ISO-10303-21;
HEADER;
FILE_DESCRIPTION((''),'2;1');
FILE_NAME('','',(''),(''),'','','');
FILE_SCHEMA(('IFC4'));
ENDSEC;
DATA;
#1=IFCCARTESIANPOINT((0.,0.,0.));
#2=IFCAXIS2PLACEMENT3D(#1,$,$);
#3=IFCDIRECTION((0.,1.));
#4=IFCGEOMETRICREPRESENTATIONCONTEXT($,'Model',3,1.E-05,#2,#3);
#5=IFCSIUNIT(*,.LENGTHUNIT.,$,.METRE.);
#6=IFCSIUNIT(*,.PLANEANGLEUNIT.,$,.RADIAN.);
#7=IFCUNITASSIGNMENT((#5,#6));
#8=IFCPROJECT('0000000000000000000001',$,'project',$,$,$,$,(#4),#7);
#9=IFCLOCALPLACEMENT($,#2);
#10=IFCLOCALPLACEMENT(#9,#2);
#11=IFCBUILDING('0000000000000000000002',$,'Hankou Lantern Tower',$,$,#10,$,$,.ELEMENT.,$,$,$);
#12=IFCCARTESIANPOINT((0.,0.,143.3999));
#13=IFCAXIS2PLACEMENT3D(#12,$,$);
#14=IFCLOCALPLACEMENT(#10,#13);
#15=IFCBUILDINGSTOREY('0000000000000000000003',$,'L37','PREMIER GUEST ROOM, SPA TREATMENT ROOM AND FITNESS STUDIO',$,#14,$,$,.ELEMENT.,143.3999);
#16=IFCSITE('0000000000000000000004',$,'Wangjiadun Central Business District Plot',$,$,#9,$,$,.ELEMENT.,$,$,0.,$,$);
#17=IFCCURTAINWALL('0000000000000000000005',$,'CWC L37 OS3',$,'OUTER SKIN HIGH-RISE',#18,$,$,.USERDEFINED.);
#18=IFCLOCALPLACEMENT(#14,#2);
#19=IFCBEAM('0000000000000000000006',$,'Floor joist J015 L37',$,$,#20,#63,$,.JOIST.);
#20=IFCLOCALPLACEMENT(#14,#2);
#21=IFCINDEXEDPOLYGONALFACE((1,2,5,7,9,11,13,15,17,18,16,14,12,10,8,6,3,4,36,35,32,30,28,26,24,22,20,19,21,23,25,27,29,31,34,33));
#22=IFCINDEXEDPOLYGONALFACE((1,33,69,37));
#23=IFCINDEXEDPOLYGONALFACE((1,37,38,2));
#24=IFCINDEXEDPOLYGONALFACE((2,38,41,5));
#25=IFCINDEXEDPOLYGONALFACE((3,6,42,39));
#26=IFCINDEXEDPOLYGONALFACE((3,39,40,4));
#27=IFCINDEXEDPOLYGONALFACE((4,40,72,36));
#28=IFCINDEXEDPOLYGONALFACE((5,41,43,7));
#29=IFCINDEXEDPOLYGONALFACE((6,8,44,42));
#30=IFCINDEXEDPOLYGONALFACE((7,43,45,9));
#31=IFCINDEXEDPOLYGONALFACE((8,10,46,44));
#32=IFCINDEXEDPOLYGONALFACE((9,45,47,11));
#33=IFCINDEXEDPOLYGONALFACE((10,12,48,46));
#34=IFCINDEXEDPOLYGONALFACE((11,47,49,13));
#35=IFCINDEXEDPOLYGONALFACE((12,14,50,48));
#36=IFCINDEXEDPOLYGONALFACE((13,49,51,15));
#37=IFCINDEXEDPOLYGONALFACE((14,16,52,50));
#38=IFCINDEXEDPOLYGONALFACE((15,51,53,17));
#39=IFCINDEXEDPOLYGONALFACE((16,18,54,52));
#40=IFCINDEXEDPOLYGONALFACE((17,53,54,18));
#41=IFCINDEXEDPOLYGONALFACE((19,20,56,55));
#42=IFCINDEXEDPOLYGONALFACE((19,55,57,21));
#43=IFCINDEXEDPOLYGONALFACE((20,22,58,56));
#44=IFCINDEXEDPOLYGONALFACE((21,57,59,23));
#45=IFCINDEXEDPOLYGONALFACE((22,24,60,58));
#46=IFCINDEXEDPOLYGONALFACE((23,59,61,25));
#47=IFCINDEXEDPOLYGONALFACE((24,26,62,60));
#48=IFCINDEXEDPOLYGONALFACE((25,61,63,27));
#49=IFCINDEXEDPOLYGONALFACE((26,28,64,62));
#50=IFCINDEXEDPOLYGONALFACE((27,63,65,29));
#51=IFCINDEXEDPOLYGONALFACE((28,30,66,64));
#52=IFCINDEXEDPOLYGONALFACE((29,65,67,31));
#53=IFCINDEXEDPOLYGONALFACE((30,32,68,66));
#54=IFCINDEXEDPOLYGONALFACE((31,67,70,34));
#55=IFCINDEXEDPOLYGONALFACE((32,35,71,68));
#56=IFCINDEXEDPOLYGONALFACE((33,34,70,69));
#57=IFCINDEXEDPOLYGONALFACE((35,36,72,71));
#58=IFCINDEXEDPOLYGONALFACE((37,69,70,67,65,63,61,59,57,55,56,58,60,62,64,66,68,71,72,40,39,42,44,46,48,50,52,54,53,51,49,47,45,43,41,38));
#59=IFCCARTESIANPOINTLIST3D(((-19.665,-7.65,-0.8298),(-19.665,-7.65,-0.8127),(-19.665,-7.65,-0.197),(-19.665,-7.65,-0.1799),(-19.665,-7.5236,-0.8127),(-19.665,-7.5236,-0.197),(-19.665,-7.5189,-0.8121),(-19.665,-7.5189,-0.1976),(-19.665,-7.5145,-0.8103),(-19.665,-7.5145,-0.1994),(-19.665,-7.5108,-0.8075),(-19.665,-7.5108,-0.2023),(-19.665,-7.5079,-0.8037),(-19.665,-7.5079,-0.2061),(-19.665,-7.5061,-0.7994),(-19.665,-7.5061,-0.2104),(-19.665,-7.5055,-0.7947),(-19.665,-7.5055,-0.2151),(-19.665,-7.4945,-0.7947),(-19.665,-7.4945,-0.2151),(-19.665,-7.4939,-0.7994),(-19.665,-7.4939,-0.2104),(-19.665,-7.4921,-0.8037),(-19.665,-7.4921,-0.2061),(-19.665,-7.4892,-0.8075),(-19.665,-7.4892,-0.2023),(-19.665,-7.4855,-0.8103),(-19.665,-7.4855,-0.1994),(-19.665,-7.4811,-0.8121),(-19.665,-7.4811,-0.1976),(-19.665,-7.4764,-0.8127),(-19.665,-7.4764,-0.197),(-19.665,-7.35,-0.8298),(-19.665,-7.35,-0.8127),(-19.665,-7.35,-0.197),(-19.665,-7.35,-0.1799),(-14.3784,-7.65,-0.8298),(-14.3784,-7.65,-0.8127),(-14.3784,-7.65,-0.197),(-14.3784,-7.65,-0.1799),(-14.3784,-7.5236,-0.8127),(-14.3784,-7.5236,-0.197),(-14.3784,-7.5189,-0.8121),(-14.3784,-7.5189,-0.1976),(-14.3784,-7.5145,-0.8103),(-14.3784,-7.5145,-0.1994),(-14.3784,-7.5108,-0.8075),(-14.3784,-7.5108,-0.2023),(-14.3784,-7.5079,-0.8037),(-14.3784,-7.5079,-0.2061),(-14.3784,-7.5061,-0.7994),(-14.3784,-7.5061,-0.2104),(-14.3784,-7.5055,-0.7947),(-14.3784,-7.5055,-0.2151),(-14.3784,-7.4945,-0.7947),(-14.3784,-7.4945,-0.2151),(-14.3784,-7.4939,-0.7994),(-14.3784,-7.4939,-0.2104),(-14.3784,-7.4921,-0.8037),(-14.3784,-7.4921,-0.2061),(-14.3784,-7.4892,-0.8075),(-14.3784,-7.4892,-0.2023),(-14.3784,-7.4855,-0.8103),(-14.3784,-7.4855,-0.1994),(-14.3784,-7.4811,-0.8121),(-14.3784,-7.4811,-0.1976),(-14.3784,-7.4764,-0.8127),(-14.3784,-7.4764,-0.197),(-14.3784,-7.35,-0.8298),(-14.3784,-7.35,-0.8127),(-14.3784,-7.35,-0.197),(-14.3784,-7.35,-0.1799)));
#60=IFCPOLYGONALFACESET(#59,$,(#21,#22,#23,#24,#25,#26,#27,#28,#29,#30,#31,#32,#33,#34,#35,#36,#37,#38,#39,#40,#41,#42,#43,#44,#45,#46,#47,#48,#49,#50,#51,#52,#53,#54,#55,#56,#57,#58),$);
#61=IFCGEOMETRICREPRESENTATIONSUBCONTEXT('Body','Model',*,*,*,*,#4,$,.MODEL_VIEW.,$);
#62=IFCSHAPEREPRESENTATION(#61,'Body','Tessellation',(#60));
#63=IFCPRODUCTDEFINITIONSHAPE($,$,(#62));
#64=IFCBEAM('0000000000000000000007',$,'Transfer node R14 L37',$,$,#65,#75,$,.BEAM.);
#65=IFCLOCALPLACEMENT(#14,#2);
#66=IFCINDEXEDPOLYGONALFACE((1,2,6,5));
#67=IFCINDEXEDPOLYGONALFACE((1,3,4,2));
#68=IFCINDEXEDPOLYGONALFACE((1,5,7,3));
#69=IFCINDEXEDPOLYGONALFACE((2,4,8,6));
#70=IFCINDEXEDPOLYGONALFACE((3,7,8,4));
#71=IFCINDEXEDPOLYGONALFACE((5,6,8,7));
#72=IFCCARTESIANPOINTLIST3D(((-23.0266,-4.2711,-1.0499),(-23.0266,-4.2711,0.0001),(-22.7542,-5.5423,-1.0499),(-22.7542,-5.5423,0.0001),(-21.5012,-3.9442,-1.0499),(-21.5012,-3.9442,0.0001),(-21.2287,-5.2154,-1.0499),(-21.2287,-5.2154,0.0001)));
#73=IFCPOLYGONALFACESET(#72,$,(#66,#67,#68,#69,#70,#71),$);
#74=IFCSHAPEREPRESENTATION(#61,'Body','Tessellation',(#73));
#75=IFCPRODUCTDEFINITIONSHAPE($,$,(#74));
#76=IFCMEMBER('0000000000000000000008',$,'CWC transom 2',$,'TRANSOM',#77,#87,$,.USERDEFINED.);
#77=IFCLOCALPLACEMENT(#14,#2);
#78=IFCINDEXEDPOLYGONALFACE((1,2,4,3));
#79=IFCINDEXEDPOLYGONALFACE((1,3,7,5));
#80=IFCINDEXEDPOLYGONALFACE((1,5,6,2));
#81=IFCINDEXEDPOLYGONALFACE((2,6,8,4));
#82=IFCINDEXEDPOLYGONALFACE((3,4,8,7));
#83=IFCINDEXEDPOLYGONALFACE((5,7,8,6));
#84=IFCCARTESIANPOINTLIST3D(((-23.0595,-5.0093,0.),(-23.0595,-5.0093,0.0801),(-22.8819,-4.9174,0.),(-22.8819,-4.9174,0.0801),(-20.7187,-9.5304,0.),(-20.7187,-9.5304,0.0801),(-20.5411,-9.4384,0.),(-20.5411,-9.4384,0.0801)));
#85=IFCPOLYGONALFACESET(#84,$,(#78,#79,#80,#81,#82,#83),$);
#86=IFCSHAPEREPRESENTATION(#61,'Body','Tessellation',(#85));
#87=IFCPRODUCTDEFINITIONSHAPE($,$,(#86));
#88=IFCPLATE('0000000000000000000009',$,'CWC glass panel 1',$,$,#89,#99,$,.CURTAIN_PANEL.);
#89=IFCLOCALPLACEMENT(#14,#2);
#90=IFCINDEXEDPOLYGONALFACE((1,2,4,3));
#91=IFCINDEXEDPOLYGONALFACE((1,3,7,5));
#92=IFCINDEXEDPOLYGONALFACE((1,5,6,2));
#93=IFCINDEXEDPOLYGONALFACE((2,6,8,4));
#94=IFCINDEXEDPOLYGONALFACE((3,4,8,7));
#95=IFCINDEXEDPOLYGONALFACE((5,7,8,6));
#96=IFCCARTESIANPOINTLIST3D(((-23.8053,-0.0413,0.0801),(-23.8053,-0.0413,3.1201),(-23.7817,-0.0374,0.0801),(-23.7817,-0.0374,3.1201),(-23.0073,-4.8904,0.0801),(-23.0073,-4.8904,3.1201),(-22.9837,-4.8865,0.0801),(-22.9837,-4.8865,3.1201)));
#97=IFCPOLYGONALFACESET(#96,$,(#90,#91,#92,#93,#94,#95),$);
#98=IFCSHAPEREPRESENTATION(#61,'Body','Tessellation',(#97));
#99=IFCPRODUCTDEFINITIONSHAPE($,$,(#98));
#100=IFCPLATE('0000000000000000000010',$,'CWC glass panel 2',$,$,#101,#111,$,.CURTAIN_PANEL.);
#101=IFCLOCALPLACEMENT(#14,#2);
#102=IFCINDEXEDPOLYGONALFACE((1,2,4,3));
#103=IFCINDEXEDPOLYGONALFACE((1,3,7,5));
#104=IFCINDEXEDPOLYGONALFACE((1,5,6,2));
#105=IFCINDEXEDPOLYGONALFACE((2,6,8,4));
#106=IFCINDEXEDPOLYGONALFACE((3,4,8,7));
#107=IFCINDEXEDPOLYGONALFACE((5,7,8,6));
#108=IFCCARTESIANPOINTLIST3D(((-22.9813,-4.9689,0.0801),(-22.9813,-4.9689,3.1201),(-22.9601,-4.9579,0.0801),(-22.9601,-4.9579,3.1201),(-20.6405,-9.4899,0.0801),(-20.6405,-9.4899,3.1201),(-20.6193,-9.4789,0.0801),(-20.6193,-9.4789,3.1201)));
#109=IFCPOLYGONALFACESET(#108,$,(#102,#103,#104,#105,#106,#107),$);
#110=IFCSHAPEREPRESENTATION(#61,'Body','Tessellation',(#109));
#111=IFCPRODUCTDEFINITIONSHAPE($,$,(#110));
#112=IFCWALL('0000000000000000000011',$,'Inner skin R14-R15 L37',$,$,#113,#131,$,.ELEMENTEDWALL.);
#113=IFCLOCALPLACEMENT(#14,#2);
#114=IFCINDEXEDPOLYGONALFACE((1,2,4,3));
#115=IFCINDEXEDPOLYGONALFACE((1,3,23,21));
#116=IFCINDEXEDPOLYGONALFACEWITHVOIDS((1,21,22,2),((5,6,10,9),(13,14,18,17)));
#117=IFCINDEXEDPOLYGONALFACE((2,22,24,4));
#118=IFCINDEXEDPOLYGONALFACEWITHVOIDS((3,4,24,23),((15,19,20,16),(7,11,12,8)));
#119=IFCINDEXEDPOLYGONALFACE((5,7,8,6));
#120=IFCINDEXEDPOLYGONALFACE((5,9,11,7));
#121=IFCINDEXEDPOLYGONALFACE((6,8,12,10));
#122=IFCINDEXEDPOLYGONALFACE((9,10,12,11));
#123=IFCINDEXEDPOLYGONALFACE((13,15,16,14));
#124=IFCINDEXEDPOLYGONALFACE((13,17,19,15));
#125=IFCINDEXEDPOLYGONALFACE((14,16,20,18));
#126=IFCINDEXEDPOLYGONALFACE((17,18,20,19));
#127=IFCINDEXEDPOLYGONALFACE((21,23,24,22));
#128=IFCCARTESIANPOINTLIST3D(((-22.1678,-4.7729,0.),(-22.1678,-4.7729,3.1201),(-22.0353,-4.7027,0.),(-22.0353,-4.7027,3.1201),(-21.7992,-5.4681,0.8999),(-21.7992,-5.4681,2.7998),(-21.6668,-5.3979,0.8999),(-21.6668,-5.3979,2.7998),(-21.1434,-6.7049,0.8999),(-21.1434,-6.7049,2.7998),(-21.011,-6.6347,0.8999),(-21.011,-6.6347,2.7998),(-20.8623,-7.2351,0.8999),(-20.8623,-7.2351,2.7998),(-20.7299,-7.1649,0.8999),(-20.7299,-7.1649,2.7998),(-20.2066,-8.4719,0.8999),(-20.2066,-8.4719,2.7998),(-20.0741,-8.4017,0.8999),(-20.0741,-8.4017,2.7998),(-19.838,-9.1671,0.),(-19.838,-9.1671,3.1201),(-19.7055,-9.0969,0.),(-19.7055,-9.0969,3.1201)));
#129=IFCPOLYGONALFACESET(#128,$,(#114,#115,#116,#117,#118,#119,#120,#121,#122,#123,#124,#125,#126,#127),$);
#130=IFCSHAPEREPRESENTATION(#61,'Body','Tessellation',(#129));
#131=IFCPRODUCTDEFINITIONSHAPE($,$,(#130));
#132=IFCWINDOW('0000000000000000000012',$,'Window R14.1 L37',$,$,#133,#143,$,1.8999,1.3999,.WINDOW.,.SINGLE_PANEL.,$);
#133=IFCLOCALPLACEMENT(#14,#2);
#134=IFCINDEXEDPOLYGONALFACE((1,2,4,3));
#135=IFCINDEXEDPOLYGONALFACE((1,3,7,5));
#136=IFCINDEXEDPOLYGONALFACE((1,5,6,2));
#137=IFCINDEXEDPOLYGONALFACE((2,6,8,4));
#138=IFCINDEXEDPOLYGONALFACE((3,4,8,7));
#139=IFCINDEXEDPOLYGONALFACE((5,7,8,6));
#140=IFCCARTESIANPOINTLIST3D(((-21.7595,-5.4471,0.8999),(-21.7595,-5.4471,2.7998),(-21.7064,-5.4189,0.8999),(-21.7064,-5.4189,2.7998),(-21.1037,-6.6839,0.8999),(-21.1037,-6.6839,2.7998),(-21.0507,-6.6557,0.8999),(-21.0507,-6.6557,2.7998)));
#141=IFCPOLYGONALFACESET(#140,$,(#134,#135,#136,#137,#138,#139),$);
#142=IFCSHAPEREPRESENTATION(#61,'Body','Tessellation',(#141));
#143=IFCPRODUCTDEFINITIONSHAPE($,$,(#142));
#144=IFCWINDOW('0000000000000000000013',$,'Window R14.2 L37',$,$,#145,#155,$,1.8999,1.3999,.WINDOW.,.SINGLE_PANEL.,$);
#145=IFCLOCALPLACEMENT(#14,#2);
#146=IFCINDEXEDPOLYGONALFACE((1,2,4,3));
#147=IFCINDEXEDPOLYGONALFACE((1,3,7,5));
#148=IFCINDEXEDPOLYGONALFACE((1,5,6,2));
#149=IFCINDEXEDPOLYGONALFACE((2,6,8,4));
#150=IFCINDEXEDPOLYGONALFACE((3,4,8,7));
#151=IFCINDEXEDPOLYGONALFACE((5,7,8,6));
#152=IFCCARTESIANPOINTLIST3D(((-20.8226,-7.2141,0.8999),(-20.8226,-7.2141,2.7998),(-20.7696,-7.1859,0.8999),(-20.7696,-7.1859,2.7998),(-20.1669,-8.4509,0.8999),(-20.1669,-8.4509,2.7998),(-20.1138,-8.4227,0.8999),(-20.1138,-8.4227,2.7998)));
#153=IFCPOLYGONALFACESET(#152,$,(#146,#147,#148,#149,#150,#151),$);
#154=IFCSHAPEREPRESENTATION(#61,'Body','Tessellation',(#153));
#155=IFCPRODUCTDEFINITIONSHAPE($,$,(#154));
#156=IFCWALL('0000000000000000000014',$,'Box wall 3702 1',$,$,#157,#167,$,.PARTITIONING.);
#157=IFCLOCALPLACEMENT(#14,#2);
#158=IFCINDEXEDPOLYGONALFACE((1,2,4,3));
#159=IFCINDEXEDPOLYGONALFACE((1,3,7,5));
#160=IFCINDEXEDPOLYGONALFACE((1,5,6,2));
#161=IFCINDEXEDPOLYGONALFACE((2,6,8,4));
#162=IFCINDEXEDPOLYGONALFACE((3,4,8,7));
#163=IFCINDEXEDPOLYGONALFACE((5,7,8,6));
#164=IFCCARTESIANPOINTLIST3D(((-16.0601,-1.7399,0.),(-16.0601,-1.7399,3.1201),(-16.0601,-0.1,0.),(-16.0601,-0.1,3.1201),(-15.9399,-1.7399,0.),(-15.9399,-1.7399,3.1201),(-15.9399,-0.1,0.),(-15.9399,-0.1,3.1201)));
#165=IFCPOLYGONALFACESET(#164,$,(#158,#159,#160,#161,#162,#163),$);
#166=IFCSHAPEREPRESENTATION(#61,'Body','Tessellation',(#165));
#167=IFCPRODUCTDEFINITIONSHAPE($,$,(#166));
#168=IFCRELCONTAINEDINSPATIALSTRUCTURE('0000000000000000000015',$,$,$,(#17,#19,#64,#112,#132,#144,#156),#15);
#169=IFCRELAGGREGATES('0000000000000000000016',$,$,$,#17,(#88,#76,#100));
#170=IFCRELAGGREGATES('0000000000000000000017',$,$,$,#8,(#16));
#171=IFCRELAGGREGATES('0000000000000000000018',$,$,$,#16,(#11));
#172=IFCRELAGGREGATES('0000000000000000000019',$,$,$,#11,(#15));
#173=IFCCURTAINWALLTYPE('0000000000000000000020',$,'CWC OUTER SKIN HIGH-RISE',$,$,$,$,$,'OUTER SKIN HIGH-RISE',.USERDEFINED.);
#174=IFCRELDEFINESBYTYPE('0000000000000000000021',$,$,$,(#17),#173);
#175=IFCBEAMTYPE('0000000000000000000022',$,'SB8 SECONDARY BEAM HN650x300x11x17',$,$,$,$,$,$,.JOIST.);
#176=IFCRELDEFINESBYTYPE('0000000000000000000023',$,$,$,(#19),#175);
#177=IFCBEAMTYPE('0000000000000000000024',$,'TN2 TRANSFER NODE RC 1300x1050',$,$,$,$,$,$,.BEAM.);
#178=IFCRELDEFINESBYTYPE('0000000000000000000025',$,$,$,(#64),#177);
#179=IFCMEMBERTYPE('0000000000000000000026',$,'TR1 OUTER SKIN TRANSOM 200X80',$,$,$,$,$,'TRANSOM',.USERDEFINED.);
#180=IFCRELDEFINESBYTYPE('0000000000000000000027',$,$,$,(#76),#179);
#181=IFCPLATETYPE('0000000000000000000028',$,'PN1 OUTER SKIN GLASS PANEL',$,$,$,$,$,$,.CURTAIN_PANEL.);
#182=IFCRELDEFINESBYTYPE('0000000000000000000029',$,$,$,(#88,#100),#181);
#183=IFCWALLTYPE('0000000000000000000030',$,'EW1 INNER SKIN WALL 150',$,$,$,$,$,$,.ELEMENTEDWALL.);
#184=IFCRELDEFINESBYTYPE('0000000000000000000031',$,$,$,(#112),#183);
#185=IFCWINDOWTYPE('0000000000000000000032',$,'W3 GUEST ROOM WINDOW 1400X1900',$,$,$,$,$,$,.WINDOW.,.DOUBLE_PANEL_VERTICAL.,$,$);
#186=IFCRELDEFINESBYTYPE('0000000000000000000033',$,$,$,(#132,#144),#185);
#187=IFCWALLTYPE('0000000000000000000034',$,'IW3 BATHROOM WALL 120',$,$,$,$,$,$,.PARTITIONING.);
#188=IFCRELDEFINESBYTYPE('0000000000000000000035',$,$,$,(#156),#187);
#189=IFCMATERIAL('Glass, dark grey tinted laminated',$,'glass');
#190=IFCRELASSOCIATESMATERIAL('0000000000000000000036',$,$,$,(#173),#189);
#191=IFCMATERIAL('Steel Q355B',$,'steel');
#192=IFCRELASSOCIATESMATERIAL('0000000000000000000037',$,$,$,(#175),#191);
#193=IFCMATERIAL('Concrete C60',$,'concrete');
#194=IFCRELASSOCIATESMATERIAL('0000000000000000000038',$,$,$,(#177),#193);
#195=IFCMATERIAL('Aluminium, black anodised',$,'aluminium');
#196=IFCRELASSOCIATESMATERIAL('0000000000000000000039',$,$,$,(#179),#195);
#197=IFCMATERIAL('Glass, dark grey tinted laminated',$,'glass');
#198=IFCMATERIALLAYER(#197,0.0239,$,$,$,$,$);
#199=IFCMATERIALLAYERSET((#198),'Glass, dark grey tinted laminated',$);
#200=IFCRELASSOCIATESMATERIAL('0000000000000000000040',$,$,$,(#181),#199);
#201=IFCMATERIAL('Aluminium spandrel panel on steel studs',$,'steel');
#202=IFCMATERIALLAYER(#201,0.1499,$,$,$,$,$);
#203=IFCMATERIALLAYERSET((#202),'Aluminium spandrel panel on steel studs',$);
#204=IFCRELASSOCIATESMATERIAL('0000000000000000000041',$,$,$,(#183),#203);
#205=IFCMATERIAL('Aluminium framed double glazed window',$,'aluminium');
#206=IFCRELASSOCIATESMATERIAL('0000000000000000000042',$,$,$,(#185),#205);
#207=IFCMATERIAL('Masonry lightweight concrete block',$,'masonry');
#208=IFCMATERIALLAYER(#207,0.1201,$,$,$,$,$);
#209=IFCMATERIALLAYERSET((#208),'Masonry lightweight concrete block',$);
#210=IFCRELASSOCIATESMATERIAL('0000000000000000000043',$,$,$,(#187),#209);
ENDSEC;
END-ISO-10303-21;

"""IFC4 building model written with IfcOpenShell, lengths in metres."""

from ifc_helpers import new_model, si_unit, direction, frame, frame_2d, origin, origin_2d, place, context, subcontext, project, spatial, rectangle, i_section, extrude, material, layer, layer_set, material_profile, profile_set, type_object, element, fill, aggregate, save


model = new_model("IFC4")

# Units and contexts
model_context = context("Model", 3, precision=1e-05, world=origin(), true_north=direction((0.0, 1.0)))
body_context = subcontext(model_context, "Body", "Model", "MODEL_VIEW")
ifc_project = project(units=[si_unit("LENGTHUNIT", "METRE"), si_unit("PLANEANGLEUNIT", "RADIAN")], contexts=[model_context])

# Site, building, storey
site_placement = place(None, origin())
site = spatial("IfcSite", under=ifc_project, at=site_placement, Name="Wangjiadun Central Business District Plot", CompositionType="ELEMENT", RefElevation=0.0)
building_placement = place(site_placement, origin())
building = spatial("IfcBuilding", under=site, at=building_placement, Name="Hankou Lantern Tower", CompositionType="ELEMENT")
storey_placement = place(building_placement, frame((0.0, 0.0, 143.3999)))
storey = spatial("IfcBuildingStorey", under=building, at=storey_placement, Name="L37", Description="PREMIER GUEST ROOM, SPA TREATMENT ROOM AND FITNESS STUDIO", CompositionType="ELEMENT", Elevation=143.3999)

# Curtain wall
ifc_material_1 = material(Name="Glass, dark grey tinted laminated", Category="glass")
curtain_wall_type = type_object("IfcCurtainWallType", Name="CWC OUTER SKIN HIGH-RISE", ElementType="OUTER SKIN HIGH-RISE", PredefinedType="USERDEFINED", material=ifc_material_1)
curtain_wall_placement = place(storey_placement, origin())
curtain_wall = element("IfcCurtainWall", 1, at=curtain_wall_placement, inside=storey, type_object=curtain_wall_type, Name="CWC L37 OS3", ObjectType="OUTER SKIN HIGH-RISE", PredefinedType="USERDEFINED")

# Beams
ifc_material_2 = material(Name="Steel Q355B", Category="steel")
ifc_material_profile_1 = material_profile(ifc_material_2, i_section(OverallWidth=0.3, OverallDepth=0.6499, WebThickness=0.011, FlangeThickness=0.0171, FilletRadius=0.0181, at=origin_2d()), Name="HN650x300x11x17")
ifc_profile_set_1 = profile_set([ifc_material_profile_1], Name="Steel Q355B")
beam_type_1 = type_object("IfcBeamType", Name="SB8 SECONDARY BEAM HN650x300x11x17", PredefinedType="JOIST", material=ifc_profile_set_1)
beam_1_placement = place(storey_placement, frame((-19.665, -7.5, -0.5049), z_axis=(1.0, 0.0, 0.0), x_axis=(0.0, 1.0, 0.0)))
element("IfcBeam", 2, at=beam_1_placement, inside=storey, type_object=beam_type_1, Name="Floor joist J015 L37", PredefinedType="JOIST", context=body_context, shape_type="SweptSolid", body=[
    extrude(i_section(OverallWidth=0.3, OverallDepth=0.6499, WebThickness=0.011, FlangeThickness=0.0171, FilletRadius=0.0181, at=origin_2d()), origin(), (0.0, 0.0, 1.0), 5.2866),
])
ifc_material_3 = material(Name="Concrete C60", Category="concrete")
ifc_material_profile_2 = material_profile(ifc_material_3, rectangle(XDim=1.3, YDim=1.05, at=origin_2d()), Name="RC 1300x1050")
ifc_profile_set_2 = profile_set([ifc_material_profile_2], Name="Concrete C60")
beam_type_2 = type_object("IfcBeamType", Name="TN2 TRANSFER NODE RC 1300x1050", PredefinedType="BEAM", material=ifc_profile_set_2)
beam_2_placement = place(storey_placement, frame((-22.8904, -4.9067, -0.5249), z_axis=(0.977798, 0.20955, 0.0), x_axis=(-0.20955, 0.977798, 0.0)))
element("IfcBeam", 3, at=beam_2_placement, inside=storey, type_object=beam_type_2, Name="Transfer node R14 L37", PredefinedType="BEAM", context=body_context, shape_type="SweptSolid", body=[
    extrude(rectangle(XDim=1.3, YDim=1.05, at=origin_2d()), origin(), (0.0, 0.0, 1.0), 1.5601),
])

# Member
ifc_material_4 = material(Name="Aluminium, black anodised", Category="aluminium")
ifc_material_profile_3 = material_profile(ifc_material_4, rectangle(XDim=0.2, YDim=0.0801, at=origin_2d()), Name="TR1 200X80")
ifc_profile_set_3 = profile_set([ifc_material_profile_3], Name="Aluminium, black anodised")
member_type_1 = type_object("IfcMemberType", Name="TR1 OUTER SKIN TRANSOM 200X80", ElementType="TRANSOM", PredefinedType="USERDEFINED", material=ifc_profile_set_3)
member_1_placement = place(storey_placement, frame((-22.9707, -4.9634, 0.04), z_axis=(0.459791, -0.888027, 0.0), x_axis=(0.888027, 0.459791, 0.0)))
member_1 = element("IfcMember", 4, at=member_1_placement, type_object=member_type_1, Name="CWC transom 2", ObjectType="TRANSOM", PredefinedType="USERDEFINED", context=body_context, shape_type="SweptSolid", body=[
    extrude(rectangle(XDim=0.2, YDim=0.0801, at=origin_2d()), origin(), (0.0, 0.0, 1.0), 5.0911),
])

# Plates
ifc_material_5 = material(Name="Glass, dark grey tinted laminated", Category="glass")
ifc_layer_1 = layer(ifc_material_5, 0.0239)
ifc_layer_set_1 = layer_set([ifc_layer_1], Name="Glass, dark grey tinted laminated")
plate_type = type_object("IfcPlateType", Name="PN1 OUTER SKIN GLASS PANEL", PredefinedType="CURTAIN_PANEL", material=ifc_layer_set_1)
plate_1_placement = place(storey_placement, frame((-23.3945, -2.4639, 0.0801), z_axis=(0.0, 0.0, 1.0), x_axis=(0.162382, -0.986728, 0.0)))
plate_1 = element("IfcPlate", 5, at=plate_1_placement, type_object=plate_type, Name="CWC glass panel 1", PredefinedType="CURTAIN_PANEL", context=body_context, shape_type="SweptSolid", body=[
    extrude(rectangle(XDim=4.9143, YDim=0.0239, at=origin_2d()), origin(), (0.0, 0.0, 1.0), 3.04),
])
plate_2_placement = place(storey_placement, frame((-21.8003, -7.2239, 0.0801), z_axis=(0.0, 0.0, 1.0), x_axis=(0.459791, -0.888027, 0.0)))
plate_2 = element("IfcPlate", 6, at=plate_2_placement, type_object=plate_type, Name="CWC glass panel 2", PredefinedType="CURTAIN_PANEL", context=body_context, shape_type="SweptSolid", body=[
    extrude(rectangle(XDim=5.0911, YDim=0.0239, at=origin_2d()), origin(), (0.0, 0.0, 1.0), 3.04),
])
aggregate(curtain_wall, [plate_1, member_1, plate_2])

# Wall, openings, windows
ifc_material_6 = material(Name="Aluminium spandrel panel on steel studs", Category="steel")
ifc_layer_2 = layer(ifc_material_6, 0.1499)
ifc_layer_set_2 = layer_set([ifc_layer_2], Name="Aluminium spandrel panel on steel studs")
wall_type_1 = type_object("IfcWallType", Name="EW1 INNER SKIN WALL 150", PredefinedType="ELEMENTEDWALL", material=ifc_layer_set_2)
wall_1_placement = place(storey_placement, frame((-22.1016, -4.7378, 0.0), z_axis=(0.0, 0.0, 1.0), x_axis=(0.468429, -0.883501, 0.0)))
wall_1 = element("IfcWall", 7, at=wall_1_placement, inside=storey, type_object=wall_type_1, Name="Inner skin R14-R15 L37", PredefinedType="ELEMENTEDWALL", context=body_context, shape_type="SweptSolid", body=[
    extrude(rectangle(XDim=4.9736, YDim=0.1499, at=frame_2d((2.4868, 0.0))), origin(), (0.0, 0.0, 1.0), 3.1201),
])
opening_1_placement = place(wall_1_placement, frame((0.7869, 0.0, 0.8999)))
opening_1 = element("IfcOpeningElement", 8, at=opening_1_placement, cuts=wall_1, PredefinedType="OPENING", context=body_context, shape_type="SweptSolid", body=[
    extrude(rectangle(XDim=1.3999, YDim=1.8999, at=frame_2d((0.7, 0.95))), frame((0.0, 0.085, 0.0), z_axis=(0.0, -1.0, 0.0), x_axis=(1.0, 0.0, 0.0)), (0.0, 0.0, 1.0), 0.1699),
])
opening_2_placement = place(wall_1_placement, frame((2.7869, 0.0, 0.8999)))
opening_2 = element("IfcOpeningElement", 9, at=opening_2_placement, cuts=wall_1, PredefinedType="OPENING", context=body_context, shape_type="SweptSolid", body=[
    extrude(rectangle(XDim=1.3999, YDim=1.8999, at=frame_2d((0.7, 0.95))), frame((0.0, 0.085, 0.0), z_axis=(0.0, -1.0, 0.0), x_axis=(1.0, 0.0, 0.0)), (0.0, 0.0, 1.0), 0.1699),
])
ifc_material_7 = material(Name="Aluminium framed double glazed window", Category="aluminium")
window_type = type_object("IfcWindowType", Name="W3 GUEST ROOM WINDOW 1400X1900", PartitioningType="DOUBLE_PANEL_VERTICAL", PredefinedType="WINDOW", material=ifc_material_7)
window_1_placement = place(opening_1_placement, origin())
window_1 = element("IfcWindow", 10, at=window_1_placement, inside=storey, type_object=window_type, Name="Window R14.1 L37", OverallHeight=1.8999, OverallWidth=1.3999, PartitioningType="SINGLE_PANEL", PredefinedType="WINDOW", context=body_context, shape_type="SweptSolid", body=[
    extrude(rectangle(XDim=1.3999, YDim=1.8999, at=frame_2d((0.7, 0.95))), frame((0.0, 0.03, 0.0), z_axis=(0.0, -1.0, 0.0), x_axis=(1.0, 0.0, 0.0)), (0.0, 0.0, 1.0), 0.0601),
])
fill(opening_1, window_1)
window_2_placement = place(opening_2_placement, origin())
window_2 = element("IfcWindow", 11, at=window_2_placement, inside=storey, type_object=window_type, Name="Window R14.2 L37", OverallHeight=1.8999, OverallWidth=1.3999, PartitioningType="SINGLE_PANEL", PredefinedType="WINDOW", context=body_context, shape_type="SweptSolid", body=[
    extrude(rectangle(XDim=1.3999, YDim=1.8999, at=frame_2d((0.7, 0.95))), frame((0.0, 0.03, 0.0), z_axis=(0.0, -1.0, 0.0), x_axis=(1.0, 0.0, 0.0)), (0.0, 0.0, 1.0), 0.0601),
])
fill(opening_2, window_2)

# Wall
ifc_material_8 = material(Name="Masonry lightweight concrete block", Category="masonry")
ifc_layer_3 = layer(ifc_material_8, 0.1201)
ifc_layer_set_3 = layer_set([ifc_layer_3], Name="Masonry lightweight concrete block")
wall_type_2 = type_object("IfcWallType", Name="IW3 BATHROOM WALL 120", PredefinedType="PARTITIONING", material=ifc_layer_set_3)
wall_2_placement = place(storey_placement, frame((-16.0, -0.1001, 0.0), z_axis=(0.0, 0.0, 1.0), x_axis=(0.0, -1.0, 0.0)))
element("IfcWall", 12, at=wall_2_placement, inside=storey, type_object=wall_type_2, Name="Box wall 3702 1", PredefinedType="PARTITIONING", context=body_context, shape_type="SweptSolid", body=[
    extrude(rectangle(XDim=1.6399, YDim=0.1201, at=frame_2d((0.8198, 0.0))), origin(), (0.0, 0.0, 1.0), 3.1201),
])

save(model, "model.ifc")
